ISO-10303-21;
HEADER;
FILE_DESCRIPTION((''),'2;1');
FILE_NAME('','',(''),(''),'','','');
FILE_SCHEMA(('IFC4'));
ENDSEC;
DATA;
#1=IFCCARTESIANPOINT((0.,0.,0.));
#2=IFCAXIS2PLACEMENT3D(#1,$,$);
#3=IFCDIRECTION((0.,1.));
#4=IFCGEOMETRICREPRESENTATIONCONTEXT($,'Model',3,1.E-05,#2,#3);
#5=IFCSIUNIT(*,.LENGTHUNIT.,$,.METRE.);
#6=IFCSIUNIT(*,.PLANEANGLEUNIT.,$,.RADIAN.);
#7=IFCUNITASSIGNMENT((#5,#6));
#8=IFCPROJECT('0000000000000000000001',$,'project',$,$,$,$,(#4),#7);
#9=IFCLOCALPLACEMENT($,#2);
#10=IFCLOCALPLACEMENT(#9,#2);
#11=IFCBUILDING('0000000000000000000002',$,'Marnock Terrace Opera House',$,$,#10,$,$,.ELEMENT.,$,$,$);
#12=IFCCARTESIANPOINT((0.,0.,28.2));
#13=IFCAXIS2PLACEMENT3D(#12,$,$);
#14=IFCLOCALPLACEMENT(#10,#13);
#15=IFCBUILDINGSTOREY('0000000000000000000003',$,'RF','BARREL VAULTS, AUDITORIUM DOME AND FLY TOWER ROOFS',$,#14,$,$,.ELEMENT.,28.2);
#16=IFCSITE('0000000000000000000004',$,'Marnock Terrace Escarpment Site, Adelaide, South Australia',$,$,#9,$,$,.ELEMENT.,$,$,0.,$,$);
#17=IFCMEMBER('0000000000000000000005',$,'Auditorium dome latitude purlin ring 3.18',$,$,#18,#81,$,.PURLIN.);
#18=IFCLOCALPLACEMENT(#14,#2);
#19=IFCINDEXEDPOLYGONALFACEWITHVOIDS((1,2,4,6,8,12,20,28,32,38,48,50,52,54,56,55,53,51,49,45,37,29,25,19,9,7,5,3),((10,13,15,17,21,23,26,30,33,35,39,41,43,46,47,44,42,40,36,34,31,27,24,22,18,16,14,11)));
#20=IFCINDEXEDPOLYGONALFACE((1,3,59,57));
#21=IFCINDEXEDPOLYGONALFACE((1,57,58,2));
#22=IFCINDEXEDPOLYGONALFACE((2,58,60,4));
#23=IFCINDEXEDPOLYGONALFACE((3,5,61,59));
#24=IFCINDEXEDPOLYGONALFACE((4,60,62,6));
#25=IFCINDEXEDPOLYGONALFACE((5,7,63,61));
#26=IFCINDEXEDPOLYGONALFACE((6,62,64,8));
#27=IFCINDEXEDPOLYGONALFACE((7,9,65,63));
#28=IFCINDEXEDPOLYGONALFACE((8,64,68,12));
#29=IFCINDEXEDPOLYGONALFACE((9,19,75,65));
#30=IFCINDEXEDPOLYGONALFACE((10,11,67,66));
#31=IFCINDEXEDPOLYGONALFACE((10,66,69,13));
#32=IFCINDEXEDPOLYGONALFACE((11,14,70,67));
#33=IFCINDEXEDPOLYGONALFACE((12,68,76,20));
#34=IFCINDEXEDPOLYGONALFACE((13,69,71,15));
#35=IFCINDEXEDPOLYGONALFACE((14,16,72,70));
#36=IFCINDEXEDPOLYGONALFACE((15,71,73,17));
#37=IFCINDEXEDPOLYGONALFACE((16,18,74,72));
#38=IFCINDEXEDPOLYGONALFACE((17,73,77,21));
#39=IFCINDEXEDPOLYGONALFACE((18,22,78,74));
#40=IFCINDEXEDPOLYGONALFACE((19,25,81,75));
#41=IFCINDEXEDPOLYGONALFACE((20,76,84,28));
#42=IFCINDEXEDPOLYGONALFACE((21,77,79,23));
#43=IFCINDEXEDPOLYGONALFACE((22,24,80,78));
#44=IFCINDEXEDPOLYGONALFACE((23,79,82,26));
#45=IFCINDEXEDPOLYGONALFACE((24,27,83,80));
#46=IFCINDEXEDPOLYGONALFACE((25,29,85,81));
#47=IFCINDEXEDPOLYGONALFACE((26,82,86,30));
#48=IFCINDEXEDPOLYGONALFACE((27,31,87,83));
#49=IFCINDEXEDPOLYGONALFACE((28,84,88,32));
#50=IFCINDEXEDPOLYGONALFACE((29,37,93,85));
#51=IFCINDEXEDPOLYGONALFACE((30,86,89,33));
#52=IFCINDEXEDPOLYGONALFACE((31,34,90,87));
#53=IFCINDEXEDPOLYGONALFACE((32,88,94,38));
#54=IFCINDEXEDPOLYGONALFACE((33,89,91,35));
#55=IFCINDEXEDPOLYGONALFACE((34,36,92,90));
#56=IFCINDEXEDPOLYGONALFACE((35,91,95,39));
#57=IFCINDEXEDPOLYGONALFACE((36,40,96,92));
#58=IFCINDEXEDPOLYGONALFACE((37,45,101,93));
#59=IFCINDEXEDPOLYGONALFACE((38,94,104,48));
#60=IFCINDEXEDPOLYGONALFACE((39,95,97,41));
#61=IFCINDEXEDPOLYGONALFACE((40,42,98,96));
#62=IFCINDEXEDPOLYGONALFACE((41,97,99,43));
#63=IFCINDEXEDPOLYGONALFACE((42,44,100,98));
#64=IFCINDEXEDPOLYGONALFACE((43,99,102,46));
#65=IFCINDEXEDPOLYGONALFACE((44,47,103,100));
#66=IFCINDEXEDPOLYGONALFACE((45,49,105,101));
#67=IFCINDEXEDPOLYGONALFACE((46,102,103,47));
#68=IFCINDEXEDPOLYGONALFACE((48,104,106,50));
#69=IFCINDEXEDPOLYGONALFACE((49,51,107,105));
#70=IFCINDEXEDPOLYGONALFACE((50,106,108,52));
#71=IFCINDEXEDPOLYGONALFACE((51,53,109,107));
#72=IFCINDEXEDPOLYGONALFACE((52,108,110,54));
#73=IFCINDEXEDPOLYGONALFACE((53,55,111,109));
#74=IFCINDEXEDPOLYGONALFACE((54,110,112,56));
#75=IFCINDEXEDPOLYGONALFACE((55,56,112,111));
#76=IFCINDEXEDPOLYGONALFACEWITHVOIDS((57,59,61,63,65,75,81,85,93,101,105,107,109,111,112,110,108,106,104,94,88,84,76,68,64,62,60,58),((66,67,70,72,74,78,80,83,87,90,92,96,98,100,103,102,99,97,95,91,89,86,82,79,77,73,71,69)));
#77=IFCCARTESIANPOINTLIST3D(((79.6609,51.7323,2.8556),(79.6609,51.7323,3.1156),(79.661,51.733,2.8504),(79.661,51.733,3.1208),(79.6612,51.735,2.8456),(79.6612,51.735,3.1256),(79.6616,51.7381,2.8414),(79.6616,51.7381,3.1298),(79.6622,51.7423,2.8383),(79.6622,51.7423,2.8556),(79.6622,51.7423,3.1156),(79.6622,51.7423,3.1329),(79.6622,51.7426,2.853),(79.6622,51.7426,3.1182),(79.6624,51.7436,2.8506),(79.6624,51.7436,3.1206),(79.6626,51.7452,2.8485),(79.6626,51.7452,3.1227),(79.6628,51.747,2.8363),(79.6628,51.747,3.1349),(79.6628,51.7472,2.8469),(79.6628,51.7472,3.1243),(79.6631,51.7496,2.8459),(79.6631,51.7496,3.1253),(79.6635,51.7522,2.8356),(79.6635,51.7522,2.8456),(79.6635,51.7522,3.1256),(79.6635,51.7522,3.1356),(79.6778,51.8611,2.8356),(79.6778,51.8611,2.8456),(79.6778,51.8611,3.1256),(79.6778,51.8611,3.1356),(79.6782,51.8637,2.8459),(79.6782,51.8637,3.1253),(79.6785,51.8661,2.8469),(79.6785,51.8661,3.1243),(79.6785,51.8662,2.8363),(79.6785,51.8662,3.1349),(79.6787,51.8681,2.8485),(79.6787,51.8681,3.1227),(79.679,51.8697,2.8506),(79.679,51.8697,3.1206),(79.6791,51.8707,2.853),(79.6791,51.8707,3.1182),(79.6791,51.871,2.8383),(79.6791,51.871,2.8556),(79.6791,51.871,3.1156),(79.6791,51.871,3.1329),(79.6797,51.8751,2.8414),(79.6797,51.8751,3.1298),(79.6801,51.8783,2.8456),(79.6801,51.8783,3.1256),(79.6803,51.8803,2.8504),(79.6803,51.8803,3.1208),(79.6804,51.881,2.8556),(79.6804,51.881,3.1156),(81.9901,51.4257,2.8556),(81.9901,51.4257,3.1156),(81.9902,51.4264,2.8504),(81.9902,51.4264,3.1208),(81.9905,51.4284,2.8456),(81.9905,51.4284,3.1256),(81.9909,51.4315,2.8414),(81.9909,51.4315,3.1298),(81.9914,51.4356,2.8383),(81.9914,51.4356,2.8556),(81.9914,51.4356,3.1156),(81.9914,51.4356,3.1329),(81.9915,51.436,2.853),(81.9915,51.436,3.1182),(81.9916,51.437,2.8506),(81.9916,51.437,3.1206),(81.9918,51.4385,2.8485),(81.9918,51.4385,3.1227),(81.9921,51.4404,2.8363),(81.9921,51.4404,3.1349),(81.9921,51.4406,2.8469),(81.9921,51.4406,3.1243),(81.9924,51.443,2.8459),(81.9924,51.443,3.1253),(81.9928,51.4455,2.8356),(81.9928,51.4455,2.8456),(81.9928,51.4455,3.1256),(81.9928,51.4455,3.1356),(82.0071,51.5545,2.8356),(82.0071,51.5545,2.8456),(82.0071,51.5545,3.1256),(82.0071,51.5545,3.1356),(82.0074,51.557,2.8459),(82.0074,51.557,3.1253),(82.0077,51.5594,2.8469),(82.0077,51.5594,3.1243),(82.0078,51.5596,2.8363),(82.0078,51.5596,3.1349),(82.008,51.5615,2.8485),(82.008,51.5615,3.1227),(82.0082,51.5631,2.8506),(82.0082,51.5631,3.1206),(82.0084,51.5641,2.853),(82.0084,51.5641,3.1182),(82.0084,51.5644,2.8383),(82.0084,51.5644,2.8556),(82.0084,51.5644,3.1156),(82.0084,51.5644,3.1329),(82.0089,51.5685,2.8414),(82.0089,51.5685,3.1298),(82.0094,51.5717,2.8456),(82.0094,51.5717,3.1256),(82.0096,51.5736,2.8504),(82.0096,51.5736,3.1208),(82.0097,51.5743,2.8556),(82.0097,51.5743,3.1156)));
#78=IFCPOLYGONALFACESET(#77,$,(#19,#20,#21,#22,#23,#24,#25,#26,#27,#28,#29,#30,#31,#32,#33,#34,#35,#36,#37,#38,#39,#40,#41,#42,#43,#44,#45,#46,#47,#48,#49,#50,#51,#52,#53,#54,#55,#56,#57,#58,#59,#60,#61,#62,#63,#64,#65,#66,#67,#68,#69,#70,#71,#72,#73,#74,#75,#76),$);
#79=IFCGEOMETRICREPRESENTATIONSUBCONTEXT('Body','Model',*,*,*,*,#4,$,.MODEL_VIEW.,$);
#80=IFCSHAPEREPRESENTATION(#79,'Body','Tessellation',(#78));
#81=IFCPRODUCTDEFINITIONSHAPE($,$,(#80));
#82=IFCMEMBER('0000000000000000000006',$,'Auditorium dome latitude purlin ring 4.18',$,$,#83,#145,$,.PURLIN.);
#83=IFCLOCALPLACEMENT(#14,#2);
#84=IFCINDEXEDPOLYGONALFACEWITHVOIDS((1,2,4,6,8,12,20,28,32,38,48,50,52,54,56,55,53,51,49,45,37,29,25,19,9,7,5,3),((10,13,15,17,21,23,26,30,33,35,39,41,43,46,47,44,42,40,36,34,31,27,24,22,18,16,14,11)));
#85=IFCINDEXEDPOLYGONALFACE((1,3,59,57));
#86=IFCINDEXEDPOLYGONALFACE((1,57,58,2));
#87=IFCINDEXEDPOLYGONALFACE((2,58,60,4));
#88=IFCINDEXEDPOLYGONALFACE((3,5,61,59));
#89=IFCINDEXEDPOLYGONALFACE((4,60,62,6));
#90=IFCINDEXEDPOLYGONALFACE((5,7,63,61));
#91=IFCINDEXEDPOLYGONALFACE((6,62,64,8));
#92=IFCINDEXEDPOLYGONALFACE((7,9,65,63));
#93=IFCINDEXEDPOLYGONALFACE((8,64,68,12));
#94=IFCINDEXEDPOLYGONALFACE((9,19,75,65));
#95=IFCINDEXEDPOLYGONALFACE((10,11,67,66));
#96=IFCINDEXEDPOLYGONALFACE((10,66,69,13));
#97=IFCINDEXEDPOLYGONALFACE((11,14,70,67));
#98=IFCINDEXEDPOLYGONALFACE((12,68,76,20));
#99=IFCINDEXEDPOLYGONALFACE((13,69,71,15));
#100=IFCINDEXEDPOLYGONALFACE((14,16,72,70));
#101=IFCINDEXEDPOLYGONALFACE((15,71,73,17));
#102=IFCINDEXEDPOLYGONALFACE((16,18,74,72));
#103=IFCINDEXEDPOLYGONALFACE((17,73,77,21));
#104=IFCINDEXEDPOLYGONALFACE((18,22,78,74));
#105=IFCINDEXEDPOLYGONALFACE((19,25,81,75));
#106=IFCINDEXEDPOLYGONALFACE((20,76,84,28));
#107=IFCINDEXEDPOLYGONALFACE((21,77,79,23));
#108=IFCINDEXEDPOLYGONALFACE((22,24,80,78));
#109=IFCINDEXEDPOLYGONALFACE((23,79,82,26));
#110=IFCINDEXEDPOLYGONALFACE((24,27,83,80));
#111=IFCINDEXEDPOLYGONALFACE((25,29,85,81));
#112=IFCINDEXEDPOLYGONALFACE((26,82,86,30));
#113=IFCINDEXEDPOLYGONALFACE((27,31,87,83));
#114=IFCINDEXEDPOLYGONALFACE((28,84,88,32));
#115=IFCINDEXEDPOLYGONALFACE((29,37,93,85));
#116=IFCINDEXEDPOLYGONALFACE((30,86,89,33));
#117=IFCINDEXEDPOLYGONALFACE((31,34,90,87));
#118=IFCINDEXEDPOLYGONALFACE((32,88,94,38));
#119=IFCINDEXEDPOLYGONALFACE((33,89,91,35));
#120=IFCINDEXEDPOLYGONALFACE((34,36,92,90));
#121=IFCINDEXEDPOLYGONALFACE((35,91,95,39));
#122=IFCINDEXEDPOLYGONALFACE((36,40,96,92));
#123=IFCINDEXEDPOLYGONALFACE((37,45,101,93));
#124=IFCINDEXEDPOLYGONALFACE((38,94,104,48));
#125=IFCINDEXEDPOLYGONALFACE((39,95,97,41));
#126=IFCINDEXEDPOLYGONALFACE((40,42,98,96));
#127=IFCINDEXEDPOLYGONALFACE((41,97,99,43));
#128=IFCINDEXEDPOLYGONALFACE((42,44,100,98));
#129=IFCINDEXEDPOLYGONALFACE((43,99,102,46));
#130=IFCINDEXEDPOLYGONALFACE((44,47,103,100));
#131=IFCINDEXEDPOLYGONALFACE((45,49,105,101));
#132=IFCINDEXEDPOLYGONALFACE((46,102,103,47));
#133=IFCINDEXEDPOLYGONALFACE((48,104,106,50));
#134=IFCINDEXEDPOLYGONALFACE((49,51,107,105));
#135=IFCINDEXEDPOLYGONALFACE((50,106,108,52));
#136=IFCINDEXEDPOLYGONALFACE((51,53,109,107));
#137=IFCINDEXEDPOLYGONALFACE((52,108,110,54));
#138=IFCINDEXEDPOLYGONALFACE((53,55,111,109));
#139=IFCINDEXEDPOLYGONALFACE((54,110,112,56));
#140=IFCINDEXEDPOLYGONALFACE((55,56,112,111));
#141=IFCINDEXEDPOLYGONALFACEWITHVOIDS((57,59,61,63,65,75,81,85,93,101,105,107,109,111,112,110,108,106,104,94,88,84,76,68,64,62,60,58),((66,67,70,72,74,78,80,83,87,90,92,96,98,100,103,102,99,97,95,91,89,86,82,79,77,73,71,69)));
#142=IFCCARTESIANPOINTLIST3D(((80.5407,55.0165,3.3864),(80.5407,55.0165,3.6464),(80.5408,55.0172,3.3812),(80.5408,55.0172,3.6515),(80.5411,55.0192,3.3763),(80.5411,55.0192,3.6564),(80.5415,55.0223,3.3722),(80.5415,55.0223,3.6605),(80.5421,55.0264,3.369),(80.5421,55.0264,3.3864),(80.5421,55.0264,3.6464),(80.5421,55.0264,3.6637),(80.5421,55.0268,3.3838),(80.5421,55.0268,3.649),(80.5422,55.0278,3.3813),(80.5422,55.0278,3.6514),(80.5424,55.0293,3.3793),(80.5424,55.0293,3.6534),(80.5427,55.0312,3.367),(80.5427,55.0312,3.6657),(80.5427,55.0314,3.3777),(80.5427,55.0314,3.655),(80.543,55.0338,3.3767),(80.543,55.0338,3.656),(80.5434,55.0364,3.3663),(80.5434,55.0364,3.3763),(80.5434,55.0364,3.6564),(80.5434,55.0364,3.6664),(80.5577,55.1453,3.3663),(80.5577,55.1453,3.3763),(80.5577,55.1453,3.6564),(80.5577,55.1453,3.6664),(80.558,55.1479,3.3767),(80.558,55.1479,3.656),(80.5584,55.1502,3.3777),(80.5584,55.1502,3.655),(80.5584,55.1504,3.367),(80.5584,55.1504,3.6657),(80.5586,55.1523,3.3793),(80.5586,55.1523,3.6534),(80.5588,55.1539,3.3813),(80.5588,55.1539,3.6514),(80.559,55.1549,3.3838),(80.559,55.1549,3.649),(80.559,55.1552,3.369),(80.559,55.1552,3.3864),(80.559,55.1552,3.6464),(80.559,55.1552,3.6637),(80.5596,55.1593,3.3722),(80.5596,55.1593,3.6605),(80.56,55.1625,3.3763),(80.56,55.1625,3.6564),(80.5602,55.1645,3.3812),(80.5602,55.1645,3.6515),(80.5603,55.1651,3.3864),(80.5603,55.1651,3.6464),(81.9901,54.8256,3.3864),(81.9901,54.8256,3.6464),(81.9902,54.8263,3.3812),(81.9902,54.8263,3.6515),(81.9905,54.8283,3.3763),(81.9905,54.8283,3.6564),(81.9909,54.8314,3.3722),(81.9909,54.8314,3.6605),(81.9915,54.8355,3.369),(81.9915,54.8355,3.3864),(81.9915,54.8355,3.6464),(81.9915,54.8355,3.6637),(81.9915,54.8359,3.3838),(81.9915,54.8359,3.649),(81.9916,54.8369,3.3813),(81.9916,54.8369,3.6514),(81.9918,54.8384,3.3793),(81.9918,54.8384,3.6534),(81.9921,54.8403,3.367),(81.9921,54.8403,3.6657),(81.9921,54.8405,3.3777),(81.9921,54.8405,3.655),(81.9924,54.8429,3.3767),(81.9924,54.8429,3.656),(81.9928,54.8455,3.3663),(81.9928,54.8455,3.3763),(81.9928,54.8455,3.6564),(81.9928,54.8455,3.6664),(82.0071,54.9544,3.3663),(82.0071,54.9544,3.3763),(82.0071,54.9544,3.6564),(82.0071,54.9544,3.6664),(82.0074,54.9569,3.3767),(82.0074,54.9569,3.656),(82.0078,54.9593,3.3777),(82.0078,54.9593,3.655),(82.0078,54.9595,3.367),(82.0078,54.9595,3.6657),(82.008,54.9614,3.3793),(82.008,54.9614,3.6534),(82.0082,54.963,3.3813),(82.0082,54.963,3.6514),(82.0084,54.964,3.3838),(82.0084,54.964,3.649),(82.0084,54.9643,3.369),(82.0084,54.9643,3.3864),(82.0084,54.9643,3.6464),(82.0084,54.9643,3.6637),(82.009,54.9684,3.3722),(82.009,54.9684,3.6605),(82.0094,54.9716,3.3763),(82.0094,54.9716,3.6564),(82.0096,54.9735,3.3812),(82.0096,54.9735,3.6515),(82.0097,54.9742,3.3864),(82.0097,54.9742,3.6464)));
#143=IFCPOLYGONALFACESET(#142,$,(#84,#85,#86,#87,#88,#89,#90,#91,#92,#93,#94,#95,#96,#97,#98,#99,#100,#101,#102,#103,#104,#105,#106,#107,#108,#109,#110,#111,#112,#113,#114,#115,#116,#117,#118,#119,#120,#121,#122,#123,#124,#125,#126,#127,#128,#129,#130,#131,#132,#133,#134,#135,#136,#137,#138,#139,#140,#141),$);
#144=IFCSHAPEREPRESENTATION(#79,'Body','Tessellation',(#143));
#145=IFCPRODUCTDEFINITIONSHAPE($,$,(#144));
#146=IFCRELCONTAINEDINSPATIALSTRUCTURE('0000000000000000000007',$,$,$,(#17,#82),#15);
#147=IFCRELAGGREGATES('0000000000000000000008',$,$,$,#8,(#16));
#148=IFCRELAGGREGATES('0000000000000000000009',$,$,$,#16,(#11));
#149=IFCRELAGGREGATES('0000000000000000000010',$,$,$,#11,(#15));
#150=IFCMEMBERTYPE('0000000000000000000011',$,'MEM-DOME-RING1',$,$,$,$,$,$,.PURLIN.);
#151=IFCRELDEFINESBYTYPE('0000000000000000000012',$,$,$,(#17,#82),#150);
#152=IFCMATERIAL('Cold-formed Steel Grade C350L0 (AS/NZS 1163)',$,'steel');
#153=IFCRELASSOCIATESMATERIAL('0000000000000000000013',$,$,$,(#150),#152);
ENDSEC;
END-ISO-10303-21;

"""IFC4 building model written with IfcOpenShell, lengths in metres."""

from ifc_helpers import new_model, si_unit, direction, frame, origin, origin_2d, place, context, subcontext, project, spatial, hollow_rectangle, extrude, material, material_profile, profile_set, type_object, element, save


model = new_model("IFC4")

# Units and contexts
model_context = context("Model", 3, precision=1e-05, world=origin(), true_north=direction((0.0, 1.0)))
body_context = subcontext(model_context, "Body", "Model", "MODEL_VIEW")
ifc_project = project(units=[si_unit("LENGTHUNIT", "METRE"), si_unit("PLANEANGLEUNIT", "RADIAN")], contexts=[model_context])

# Site, building, storey
site_placement = place(None, origin())
site = spatial("IfcSite", under=ifc_project, at=site_placement, Name="Marnock Terrace Escarpment Site, Adelaide, South Australia", CompositionType="ELEMENT", RefElevation=0.0)
building_placement = place(site_placement, origin())
building = spatial("IfcBuilding", under=site, at=building_placement, Name="Marnock Terrace Opera House", CompositionType="ELEMENT")
storey_placement = place(building_placement, frame((0.0, 0.0, 28.2)))
storey = spatial("IfcBuildingStorey", under=building, at=storey_placement, Name="RF", Description="BARREL VAULTS, AUDITORIUM DOME AND FLY TOWER ROOFS", CompositionType="ELEMENT", Elevation=28.2)

# Members
ifc_material_1 = material(Name="Cold-formed Steel Grade C350L0 (AS/NZS 1163)", Category="steel")
ifc_material_profile_1 = material_profile(ifc_material_1, hollow_rectangle(XDim=0.1499, YDim=0.3, WallThickness=0.01, InnerFilletRadius=0.01, OuterFilletRadius=0.02, at=origin_2d()))
ifc_profile_set_1 = profile_set([ifc_material_profile_1], Name="Cold-formed Steel Grade C350L0 (AS/NZS 1163)")
member_type_1 = type_object("IfcMemberType", Name="MEM-DOME-RING1", PredefinedType="PURLIN", material=ifc_profile_set_1)
member_1_placement = place(storey_placement, frame((79.6707, 51.8066, 2.9856), z_axis=(0.991446, -0.130516, 0.0), x_axis=(0.130516, 0.991446, 0.0)))
element("IfcMember", 1, at=member_1_placement, inside=storey, type_object=member_type_1, Name="Auditorium dome latitude purlin ring 3.18", PredefinedType="PURLIN", context=body_context, shape_type="SweptSolid", body=[
    extrude(hollow_rectangle(XDim=0.1499, YDim=0.3, WallThickness=0.01, InnerFilletRadius=0.01, OuterFilletRadius=0.02, at=origin_2d()), origin(), (0.0, 0.0, 1.0), 2.3494),
])
member_2_placement = place(storey_placement, frame((80.5505, 55.0908, 3.5164), z_axis=(0.991437, -0.130588, 0.0), x_axis=(0.130588, 0.991437, 0.0)))
element("IfcMember", 2, at=member_2_placement, inside=storey, type_object=member_type_1, Name="Auditorium dome latitude purlin ring 4.18", PredefinedType="PURLIN", context=body_context, shape_type="SweptSolid", body=[
    extrude(hollow_rectangle(XDim=0.1499, YDim=0.3, WallThickness=0.01, InnerFilletRadius=0.01, OuterFilletRadius=0.02, at=origin_2d()), origin(), (0.0, 0.0, 1.0), 1.4619),
])

save(model, "model.ifc")
